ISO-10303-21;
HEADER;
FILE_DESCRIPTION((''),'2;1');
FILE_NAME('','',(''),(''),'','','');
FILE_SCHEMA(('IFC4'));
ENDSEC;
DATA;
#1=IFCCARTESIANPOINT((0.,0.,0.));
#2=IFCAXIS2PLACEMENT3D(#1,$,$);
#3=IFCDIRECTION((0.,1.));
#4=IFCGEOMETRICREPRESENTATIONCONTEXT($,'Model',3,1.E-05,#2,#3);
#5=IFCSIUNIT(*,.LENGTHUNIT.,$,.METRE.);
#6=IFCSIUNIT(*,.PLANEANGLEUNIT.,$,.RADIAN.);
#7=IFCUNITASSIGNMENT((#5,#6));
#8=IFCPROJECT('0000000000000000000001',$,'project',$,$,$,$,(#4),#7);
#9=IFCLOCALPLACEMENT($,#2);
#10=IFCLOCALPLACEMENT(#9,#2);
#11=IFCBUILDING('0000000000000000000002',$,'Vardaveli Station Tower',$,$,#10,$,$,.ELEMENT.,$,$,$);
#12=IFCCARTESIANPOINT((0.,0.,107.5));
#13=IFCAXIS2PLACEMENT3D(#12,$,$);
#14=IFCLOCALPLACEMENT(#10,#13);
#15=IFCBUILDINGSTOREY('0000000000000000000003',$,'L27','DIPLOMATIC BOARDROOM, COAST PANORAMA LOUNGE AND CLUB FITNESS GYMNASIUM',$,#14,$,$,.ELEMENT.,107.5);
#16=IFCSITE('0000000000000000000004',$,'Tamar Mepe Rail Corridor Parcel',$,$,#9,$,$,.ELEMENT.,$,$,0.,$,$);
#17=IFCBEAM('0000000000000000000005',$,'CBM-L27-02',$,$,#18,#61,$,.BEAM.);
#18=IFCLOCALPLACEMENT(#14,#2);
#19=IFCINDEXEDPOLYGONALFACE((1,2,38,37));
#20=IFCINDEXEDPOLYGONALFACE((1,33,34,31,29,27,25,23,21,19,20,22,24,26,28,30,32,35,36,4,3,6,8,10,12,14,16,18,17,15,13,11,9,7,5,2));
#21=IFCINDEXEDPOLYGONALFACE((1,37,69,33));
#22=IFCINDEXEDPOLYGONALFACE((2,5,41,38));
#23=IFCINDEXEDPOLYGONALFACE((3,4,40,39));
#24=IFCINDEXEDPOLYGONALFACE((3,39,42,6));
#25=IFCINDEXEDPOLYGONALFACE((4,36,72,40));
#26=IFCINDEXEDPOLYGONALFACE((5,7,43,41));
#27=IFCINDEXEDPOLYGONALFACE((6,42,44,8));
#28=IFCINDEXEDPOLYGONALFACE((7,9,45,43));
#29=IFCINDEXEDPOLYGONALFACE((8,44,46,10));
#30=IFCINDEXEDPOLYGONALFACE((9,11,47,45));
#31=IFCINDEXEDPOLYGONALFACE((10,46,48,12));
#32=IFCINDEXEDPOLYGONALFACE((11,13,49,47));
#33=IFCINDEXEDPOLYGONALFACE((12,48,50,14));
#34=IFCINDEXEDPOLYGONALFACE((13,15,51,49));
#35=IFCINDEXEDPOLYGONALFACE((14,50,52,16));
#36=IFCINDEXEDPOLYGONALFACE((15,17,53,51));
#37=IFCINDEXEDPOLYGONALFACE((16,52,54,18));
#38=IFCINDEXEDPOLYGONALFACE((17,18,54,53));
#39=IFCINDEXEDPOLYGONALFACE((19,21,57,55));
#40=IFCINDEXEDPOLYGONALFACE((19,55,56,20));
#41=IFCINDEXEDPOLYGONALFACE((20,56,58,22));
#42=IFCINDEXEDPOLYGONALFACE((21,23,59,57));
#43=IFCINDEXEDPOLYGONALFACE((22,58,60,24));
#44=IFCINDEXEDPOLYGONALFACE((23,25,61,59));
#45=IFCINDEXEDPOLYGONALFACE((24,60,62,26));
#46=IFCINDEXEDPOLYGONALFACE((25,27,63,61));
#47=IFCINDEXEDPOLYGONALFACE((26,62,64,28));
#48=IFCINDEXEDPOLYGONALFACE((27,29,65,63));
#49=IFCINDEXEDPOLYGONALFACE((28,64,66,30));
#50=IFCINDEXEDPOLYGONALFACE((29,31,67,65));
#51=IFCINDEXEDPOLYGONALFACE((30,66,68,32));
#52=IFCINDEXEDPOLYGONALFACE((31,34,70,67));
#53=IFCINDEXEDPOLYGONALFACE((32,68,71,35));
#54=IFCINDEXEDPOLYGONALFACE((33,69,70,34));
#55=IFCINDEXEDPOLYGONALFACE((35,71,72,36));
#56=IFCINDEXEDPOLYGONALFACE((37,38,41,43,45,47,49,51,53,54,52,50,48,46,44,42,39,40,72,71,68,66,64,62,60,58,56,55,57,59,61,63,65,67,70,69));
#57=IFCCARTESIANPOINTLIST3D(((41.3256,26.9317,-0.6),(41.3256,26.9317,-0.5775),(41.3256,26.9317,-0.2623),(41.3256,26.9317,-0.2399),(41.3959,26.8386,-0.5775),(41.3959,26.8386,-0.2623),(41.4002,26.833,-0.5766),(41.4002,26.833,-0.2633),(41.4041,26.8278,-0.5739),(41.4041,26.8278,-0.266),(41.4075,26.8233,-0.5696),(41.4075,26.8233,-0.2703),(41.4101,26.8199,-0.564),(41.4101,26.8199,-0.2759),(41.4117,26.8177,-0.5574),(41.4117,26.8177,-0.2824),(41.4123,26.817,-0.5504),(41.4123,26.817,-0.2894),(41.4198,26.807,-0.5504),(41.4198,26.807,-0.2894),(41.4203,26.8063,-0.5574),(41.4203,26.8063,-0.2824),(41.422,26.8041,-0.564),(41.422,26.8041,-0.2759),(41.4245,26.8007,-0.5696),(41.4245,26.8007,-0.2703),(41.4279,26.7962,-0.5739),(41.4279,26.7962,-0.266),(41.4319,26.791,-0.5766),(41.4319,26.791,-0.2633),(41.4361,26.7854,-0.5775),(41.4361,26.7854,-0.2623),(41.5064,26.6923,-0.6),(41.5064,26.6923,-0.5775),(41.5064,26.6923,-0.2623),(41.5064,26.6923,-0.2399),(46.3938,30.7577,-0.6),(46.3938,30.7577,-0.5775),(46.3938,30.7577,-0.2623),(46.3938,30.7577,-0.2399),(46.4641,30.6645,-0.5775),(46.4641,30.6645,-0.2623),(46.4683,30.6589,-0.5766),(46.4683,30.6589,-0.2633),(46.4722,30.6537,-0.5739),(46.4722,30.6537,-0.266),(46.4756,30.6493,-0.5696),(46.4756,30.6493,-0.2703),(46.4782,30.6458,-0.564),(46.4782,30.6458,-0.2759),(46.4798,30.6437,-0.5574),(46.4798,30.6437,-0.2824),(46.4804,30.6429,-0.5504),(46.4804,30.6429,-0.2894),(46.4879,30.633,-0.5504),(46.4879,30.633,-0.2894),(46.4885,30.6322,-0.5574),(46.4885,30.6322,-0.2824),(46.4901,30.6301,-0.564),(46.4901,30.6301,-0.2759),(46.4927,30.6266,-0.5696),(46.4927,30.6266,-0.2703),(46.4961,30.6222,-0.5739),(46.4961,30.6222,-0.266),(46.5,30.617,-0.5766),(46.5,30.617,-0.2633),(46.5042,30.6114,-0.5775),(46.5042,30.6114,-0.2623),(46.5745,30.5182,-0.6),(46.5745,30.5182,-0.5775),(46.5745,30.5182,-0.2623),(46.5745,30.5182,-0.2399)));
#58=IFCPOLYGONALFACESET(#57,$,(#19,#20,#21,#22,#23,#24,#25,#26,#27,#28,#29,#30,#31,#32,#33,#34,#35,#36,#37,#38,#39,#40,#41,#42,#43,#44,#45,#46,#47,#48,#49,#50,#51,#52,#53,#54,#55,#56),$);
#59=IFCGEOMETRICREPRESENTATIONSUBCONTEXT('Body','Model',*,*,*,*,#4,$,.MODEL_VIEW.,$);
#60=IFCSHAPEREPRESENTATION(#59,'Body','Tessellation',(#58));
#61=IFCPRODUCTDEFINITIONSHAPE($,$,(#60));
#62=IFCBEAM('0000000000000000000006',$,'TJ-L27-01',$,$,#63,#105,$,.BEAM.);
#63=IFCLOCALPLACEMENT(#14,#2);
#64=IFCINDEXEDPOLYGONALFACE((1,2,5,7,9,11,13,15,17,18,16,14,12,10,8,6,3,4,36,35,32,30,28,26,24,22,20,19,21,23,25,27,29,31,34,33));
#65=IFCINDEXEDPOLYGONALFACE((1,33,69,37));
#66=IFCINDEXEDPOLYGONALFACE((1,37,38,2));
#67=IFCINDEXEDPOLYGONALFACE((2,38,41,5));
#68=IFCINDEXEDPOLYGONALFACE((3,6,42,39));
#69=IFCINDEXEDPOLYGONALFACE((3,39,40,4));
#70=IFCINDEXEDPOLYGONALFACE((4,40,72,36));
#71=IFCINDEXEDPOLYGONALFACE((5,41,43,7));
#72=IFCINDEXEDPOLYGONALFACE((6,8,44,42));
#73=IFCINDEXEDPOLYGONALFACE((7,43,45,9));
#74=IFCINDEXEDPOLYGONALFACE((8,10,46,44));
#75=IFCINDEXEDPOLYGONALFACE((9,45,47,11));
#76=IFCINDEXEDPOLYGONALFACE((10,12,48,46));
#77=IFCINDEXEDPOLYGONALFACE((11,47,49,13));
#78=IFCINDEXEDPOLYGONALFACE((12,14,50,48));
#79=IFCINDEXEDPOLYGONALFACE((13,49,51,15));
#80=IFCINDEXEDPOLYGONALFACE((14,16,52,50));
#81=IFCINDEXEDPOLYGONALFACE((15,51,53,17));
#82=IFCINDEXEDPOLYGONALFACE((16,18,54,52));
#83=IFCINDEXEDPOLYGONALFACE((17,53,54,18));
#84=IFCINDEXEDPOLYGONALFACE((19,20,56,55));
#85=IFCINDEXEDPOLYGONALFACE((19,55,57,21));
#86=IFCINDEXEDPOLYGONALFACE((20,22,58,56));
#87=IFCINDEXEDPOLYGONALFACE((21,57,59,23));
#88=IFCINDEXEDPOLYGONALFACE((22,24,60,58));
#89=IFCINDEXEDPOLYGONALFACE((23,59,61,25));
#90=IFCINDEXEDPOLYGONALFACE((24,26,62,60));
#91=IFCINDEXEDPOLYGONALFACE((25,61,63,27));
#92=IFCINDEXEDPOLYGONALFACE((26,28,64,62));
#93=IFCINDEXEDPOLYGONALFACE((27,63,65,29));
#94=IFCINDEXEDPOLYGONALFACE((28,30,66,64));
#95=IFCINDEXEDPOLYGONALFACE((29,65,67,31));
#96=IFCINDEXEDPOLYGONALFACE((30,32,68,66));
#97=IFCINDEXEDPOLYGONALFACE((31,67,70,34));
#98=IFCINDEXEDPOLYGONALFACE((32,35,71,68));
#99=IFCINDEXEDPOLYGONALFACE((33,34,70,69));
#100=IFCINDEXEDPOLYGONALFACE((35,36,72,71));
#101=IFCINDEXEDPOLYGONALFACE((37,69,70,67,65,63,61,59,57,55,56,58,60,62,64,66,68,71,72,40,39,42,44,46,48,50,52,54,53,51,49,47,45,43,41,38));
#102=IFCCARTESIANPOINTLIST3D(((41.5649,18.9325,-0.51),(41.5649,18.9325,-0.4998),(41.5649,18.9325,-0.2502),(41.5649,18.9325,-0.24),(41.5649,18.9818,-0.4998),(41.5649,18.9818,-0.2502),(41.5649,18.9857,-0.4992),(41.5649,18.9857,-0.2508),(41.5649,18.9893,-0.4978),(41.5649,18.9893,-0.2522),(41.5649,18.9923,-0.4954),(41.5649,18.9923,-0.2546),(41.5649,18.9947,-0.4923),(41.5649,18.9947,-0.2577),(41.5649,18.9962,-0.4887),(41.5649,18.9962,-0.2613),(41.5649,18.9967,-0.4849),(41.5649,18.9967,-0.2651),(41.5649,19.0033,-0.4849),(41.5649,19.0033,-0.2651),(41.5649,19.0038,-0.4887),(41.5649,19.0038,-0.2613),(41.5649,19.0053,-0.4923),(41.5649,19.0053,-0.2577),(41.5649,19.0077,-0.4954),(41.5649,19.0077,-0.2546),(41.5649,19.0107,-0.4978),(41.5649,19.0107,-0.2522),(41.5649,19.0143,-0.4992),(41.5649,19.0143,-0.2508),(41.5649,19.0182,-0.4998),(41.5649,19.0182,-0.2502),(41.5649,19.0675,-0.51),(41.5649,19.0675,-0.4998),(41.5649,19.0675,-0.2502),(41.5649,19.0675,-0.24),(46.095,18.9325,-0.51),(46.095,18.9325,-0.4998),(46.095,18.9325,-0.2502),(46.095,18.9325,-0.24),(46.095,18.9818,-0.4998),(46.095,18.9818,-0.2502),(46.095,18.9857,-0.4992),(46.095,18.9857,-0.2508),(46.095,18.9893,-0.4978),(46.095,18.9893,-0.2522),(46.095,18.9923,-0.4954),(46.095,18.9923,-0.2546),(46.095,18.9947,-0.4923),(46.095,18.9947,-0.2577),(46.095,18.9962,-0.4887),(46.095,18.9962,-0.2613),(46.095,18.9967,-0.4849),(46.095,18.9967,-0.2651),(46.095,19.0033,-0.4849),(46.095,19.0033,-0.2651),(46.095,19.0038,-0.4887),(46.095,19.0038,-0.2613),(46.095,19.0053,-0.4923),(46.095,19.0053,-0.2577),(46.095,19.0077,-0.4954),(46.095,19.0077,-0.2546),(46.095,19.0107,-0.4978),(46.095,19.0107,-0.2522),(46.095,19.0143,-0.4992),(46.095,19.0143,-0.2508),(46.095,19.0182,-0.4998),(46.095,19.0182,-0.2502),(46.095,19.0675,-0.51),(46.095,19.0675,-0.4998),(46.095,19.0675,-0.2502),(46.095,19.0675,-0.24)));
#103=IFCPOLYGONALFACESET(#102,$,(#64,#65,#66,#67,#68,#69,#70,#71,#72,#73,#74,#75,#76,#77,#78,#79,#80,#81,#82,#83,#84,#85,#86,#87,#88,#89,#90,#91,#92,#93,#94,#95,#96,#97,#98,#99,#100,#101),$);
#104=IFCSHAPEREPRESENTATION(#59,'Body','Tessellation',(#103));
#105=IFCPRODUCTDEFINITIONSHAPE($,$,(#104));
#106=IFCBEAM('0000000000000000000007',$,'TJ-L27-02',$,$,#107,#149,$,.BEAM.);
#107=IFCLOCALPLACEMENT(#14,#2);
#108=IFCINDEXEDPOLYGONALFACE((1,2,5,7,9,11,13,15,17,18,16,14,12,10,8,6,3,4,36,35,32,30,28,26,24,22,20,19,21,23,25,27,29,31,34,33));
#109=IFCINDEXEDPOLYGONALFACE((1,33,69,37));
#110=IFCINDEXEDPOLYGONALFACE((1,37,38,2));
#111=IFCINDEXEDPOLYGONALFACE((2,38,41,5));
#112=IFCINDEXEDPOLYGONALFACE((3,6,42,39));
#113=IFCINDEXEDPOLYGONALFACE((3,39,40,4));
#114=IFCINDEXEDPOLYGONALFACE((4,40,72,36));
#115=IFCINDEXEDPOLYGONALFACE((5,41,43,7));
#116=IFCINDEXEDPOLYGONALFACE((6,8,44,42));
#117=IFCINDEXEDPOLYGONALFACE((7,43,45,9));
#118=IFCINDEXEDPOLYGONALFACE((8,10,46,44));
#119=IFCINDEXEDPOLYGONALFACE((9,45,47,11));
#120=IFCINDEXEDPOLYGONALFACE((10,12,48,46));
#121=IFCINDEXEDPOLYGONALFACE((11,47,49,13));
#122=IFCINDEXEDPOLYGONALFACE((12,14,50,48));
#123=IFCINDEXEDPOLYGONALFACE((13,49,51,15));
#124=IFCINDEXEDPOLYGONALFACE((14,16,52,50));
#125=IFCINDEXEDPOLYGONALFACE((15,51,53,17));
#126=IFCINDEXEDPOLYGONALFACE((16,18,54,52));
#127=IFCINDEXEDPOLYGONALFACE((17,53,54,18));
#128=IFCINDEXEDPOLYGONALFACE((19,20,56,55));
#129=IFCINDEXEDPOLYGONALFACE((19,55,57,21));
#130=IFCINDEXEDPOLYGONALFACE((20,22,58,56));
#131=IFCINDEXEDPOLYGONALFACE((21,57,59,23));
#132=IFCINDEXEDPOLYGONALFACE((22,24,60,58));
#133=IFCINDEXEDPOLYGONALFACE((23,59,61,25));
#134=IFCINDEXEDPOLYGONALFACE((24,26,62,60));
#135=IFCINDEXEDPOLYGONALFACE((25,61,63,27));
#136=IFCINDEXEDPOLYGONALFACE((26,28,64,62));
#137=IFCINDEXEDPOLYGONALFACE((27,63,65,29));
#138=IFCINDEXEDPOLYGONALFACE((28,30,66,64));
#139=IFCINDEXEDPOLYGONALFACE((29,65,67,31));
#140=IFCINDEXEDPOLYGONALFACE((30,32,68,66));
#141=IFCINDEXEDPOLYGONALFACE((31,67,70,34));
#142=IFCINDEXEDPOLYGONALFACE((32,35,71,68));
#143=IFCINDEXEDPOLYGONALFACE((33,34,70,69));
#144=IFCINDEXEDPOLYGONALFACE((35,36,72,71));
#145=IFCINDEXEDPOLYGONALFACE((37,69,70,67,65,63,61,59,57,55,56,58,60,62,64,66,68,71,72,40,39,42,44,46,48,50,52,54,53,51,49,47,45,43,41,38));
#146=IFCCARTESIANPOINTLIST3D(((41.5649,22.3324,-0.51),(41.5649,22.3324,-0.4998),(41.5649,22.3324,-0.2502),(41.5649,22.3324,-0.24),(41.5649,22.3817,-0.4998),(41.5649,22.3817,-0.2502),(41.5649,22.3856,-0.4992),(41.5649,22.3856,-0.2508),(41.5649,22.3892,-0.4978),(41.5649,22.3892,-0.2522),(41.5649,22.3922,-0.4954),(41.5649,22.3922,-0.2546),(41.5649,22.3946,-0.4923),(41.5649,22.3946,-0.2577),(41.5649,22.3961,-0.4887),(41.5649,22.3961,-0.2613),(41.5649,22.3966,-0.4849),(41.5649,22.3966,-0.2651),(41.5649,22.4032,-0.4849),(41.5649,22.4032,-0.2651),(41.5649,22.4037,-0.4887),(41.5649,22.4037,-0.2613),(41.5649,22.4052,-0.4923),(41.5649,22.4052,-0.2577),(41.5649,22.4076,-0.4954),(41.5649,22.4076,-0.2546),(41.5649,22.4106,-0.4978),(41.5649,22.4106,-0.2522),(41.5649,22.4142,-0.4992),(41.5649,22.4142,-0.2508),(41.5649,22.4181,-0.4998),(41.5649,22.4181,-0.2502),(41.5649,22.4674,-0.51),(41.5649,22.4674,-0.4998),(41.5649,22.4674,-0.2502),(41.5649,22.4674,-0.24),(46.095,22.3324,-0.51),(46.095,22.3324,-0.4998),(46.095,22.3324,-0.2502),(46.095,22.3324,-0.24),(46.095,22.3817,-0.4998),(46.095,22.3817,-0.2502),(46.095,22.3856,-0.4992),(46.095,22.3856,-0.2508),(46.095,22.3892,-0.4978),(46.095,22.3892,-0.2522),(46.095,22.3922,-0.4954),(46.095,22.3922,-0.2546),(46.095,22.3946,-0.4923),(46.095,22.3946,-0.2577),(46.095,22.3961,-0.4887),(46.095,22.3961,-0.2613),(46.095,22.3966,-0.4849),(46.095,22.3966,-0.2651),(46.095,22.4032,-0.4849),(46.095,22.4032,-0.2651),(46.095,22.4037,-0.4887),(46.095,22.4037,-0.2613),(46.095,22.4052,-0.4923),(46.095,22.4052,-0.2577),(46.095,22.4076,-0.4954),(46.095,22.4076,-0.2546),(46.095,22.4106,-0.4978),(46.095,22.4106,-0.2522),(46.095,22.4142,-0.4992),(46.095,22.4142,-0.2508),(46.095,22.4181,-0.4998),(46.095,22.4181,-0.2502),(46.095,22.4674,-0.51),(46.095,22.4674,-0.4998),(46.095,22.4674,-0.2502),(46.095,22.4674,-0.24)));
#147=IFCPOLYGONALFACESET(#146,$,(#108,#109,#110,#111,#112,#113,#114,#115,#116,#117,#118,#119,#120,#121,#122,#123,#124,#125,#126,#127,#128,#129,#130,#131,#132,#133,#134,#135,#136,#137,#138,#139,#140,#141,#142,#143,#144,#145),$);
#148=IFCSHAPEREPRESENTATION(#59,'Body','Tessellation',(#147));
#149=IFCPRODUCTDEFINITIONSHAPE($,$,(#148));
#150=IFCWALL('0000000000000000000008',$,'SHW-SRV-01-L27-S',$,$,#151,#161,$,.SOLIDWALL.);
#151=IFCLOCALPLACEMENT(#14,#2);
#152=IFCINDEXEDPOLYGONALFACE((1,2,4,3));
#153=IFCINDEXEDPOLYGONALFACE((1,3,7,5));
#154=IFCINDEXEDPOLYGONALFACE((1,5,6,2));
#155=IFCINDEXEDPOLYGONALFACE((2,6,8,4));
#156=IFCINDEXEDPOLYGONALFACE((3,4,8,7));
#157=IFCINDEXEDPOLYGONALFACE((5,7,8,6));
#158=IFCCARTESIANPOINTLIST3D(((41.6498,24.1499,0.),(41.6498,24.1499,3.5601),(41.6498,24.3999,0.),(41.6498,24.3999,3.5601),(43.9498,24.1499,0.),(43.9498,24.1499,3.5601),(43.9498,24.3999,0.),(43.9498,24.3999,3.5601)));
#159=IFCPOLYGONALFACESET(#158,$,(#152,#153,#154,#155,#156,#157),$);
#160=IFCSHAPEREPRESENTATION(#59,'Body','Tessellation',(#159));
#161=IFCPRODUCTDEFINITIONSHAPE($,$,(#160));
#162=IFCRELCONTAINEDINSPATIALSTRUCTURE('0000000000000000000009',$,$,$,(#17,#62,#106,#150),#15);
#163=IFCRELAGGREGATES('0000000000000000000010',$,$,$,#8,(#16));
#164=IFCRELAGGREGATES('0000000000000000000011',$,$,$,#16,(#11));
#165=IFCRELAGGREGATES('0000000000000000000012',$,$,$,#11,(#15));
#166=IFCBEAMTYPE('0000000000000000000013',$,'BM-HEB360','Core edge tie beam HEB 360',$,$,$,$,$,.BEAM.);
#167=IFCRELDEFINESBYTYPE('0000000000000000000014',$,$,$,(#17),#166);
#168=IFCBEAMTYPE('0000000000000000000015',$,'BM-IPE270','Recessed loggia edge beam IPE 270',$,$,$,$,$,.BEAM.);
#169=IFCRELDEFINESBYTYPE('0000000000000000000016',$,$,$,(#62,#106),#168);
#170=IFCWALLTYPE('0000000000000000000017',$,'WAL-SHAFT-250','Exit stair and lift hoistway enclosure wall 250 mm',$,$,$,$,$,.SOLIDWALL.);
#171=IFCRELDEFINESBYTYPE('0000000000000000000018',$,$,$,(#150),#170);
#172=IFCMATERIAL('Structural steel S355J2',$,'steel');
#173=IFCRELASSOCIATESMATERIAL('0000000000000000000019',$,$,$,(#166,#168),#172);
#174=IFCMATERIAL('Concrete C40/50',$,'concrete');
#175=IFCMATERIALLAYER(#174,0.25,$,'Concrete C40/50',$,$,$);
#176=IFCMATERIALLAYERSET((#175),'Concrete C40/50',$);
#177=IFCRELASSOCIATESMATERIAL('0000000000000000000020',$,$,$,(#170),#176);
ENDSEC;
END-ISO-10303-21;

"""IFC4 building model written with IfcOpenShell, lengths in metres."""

from ifc_helpers import new_model, si_unit, direction, frame, frame_2d, origin, origin_2d, place, context, subcontext, project, spatial, rectangle, i_section, extrude, source, transform, mapped, material, layer, layer_set, material_profile, profile_set, type_object, element, save


model = new_model("IFC4")

# Units and contexts
model_context = context("Model", 3, precision=1e-05, world=origin(), true_north=direction((0.0, 1.0)))
body_context = subcontext(model_context, "Body", "Model", "MODEL_VIEW")
ifc_project = project(units=[si_unit("LENGTHUNIT", "METRE"), si_unit("PLANEANGLEUNIT", "RADIAN")], contexts=[model_context])

# Site, building, storey
site_placement = place(None, origin())
site = spatial("IfcSite", under=ifc_project, at=site_placement, Name="Tamar Mepe Rail Corridor Parcel", CompositionType="ELEMENT", RefElevation=0.0)
building_placement = place(site_placement, origin())
building = spatial("IfcBuilding", under=site, at=building_placement, Name="Vardaveli Station Tower", CompositionType="ELEMENT")
storey_placement = place(building_placement, frame((0.0, 0.0, 107.5)))
storey = spatial("IfcBuildingStorey", under=building, at=storey_placement, Name="L27", Description="DIPLOMATIC BOARDROOM, COAST PANORAMA LOUNGE AND CLUB FITNESS GYMNASIUM", CompositionType="ELEMENT", Elevation=107.5)

# Beams
ifc_material_1 = material(Name="Structural steel S355J2", Category="steel")
ifc_material_profile_1 = material_profile(ifc_material_1, i_section(OverallWidth=0.3, OverallDepth=0.3601, WebThickness=0.0125, FlangeThickness=0.0225, FilletRadius=0.0271, at=origin_2d()), Name="HEB 360")
ifc_profile_set_1 = profile_set([ifc_material_profile_1], Name="Structural steel S355J2")
beam_type_1 = type_object("IfcBeamType", Name="BM-HEB360", Description="Core edge tie beam HEB 360", PredefinedType="BEAM", material=ifc_profile_set_1)
shared_shape_1 = source(origin(), body_context, "Body", "SweptSolid", [
    extrude(i_section(OverallWidth=0.3, OverallDepth=0.3601, WebThickness=0.0125, FlangeThickness=0.0225, FilletRadius=0.0271, at=origin_2d()), origin(), (0.0, 0.0, 1.0), 6.3501),
])
beam_1_placement = place(storey_placement, frame((41.416, 26.812, -0.4199), z_axis=(0.798118, 0.602501, 0.0), x_axis=(-0.602501, 0.798118, 0.0)))
element("IfcBeam", 1, at=beam_1_placement, inside=storey, type_object=beam_type_1, Name="CBM-L27-02", PredefinedType="BEAM", context=body_context, shape_type="MappedRepresentation", body=[
    mapped(shared_shape_1, transform((0.0, 0.0, 0.0), scale=1.0)),
])
ifc_material_profile_2 = material_profile(ifc_material_1, i_section(OverallWidth=0.135, OverallDepth=0.27, WebThickness=0.0066, FlangeThickness=0.0103, FilletRadius=0.0149, at=origin_2d()), Name="IPE 270")
ifc_profile_set_2 = profile_set([ifc_material_profile_2], Name="Structural steel S355J2")
beam_type_2 = type_object("IfcBeamType", Name="BM-IPE270", Description="Recessed loggia edge beam IPE 270", PredefinedType="BEAM", material=ifc_profile_set_2)
shared_shape_2 = source(origin(), body_context, "Body", "SweptSolid", [
    extrude(i_section(OverallWidth=0.135, OverallDepth=0.27, WebThickness=0.0066, FlangeThickness=0.0103, FilletRadius=0.0149, at=origin_2d()), origin(), (0.0, 0.0, 1.0), 4.53),
])
for number, where, z_axis, x_axis, name in (
    (2, (41.5649, 19.0, -0.375), (1.0, 0.0, 0.0), (0.0, 1.0, 0.0), "TJ-L27-01"),
    (3, (41.5649, 22.3999, -0.375), (1.0, 0.0, 0.0), (0.0, 1.0, 0.0), "TJ-L27-02"),
):
    element("IfcBeam", number, at=place(storey_placement, frame(where, z_axis=z_axis, x_axis=x_axis)), inside=storey, type_object=beam_type_2, Name=name, PredefinedType="BEAM", context=body_context, shape_type="MappedRepresentation", body=[
        mapped(shared_shape_2, transform((0.0, 0.0, 0.0), scale=1.0)),
    ])

# Wall
ifc_material_2 = material(Name="Concrete C40/50", Category="concrete")
ifc_layer_1 = layer(ifc_material_2, 0.25, Name="Concrete C40/50")
ifc_layer_set_1 = layer_set([ifc_layer_1], Name="Concrete C40/50")
wall_type_1 = type_object("IfcWallType", Name="WAL-SHAFT-250", Description="Exit stair and lift hoistway enclosure wall 250 mm", PredefinedType="SOLIDWALL", material=ifc_layer_set_1)
shared_shape_3 = source(origin(), body_context, "Body", "SweptSolid", [
    extrude(rectangle(XDim=2.3, YDim=0.25, at=frame_2d((1.1499, 0.0))), origin(), (0.0, 0.0, 1.0), 3.5601),
])
wall_1_placement = place(storey_placement, frame((41.6499, 24.2749, 0.0), z_axis=(0.0, 0.0, 1.0), x_axis=(1.0, 0.0, 0.0)))
element("IfcWall", 4, at=wall_1_placement, inside=storey, type_object=wall_type_1, Name="SHW-SRV-01-L27-S", PredefinedType="SOLIDWALL", context=body_context, shape_type="MappedRepresentation", body=[
    mapped(shared_shape_3, transform((0.0, 0.0, 0.0), scale=1.0)),
])

save(model, "model.ifc")
